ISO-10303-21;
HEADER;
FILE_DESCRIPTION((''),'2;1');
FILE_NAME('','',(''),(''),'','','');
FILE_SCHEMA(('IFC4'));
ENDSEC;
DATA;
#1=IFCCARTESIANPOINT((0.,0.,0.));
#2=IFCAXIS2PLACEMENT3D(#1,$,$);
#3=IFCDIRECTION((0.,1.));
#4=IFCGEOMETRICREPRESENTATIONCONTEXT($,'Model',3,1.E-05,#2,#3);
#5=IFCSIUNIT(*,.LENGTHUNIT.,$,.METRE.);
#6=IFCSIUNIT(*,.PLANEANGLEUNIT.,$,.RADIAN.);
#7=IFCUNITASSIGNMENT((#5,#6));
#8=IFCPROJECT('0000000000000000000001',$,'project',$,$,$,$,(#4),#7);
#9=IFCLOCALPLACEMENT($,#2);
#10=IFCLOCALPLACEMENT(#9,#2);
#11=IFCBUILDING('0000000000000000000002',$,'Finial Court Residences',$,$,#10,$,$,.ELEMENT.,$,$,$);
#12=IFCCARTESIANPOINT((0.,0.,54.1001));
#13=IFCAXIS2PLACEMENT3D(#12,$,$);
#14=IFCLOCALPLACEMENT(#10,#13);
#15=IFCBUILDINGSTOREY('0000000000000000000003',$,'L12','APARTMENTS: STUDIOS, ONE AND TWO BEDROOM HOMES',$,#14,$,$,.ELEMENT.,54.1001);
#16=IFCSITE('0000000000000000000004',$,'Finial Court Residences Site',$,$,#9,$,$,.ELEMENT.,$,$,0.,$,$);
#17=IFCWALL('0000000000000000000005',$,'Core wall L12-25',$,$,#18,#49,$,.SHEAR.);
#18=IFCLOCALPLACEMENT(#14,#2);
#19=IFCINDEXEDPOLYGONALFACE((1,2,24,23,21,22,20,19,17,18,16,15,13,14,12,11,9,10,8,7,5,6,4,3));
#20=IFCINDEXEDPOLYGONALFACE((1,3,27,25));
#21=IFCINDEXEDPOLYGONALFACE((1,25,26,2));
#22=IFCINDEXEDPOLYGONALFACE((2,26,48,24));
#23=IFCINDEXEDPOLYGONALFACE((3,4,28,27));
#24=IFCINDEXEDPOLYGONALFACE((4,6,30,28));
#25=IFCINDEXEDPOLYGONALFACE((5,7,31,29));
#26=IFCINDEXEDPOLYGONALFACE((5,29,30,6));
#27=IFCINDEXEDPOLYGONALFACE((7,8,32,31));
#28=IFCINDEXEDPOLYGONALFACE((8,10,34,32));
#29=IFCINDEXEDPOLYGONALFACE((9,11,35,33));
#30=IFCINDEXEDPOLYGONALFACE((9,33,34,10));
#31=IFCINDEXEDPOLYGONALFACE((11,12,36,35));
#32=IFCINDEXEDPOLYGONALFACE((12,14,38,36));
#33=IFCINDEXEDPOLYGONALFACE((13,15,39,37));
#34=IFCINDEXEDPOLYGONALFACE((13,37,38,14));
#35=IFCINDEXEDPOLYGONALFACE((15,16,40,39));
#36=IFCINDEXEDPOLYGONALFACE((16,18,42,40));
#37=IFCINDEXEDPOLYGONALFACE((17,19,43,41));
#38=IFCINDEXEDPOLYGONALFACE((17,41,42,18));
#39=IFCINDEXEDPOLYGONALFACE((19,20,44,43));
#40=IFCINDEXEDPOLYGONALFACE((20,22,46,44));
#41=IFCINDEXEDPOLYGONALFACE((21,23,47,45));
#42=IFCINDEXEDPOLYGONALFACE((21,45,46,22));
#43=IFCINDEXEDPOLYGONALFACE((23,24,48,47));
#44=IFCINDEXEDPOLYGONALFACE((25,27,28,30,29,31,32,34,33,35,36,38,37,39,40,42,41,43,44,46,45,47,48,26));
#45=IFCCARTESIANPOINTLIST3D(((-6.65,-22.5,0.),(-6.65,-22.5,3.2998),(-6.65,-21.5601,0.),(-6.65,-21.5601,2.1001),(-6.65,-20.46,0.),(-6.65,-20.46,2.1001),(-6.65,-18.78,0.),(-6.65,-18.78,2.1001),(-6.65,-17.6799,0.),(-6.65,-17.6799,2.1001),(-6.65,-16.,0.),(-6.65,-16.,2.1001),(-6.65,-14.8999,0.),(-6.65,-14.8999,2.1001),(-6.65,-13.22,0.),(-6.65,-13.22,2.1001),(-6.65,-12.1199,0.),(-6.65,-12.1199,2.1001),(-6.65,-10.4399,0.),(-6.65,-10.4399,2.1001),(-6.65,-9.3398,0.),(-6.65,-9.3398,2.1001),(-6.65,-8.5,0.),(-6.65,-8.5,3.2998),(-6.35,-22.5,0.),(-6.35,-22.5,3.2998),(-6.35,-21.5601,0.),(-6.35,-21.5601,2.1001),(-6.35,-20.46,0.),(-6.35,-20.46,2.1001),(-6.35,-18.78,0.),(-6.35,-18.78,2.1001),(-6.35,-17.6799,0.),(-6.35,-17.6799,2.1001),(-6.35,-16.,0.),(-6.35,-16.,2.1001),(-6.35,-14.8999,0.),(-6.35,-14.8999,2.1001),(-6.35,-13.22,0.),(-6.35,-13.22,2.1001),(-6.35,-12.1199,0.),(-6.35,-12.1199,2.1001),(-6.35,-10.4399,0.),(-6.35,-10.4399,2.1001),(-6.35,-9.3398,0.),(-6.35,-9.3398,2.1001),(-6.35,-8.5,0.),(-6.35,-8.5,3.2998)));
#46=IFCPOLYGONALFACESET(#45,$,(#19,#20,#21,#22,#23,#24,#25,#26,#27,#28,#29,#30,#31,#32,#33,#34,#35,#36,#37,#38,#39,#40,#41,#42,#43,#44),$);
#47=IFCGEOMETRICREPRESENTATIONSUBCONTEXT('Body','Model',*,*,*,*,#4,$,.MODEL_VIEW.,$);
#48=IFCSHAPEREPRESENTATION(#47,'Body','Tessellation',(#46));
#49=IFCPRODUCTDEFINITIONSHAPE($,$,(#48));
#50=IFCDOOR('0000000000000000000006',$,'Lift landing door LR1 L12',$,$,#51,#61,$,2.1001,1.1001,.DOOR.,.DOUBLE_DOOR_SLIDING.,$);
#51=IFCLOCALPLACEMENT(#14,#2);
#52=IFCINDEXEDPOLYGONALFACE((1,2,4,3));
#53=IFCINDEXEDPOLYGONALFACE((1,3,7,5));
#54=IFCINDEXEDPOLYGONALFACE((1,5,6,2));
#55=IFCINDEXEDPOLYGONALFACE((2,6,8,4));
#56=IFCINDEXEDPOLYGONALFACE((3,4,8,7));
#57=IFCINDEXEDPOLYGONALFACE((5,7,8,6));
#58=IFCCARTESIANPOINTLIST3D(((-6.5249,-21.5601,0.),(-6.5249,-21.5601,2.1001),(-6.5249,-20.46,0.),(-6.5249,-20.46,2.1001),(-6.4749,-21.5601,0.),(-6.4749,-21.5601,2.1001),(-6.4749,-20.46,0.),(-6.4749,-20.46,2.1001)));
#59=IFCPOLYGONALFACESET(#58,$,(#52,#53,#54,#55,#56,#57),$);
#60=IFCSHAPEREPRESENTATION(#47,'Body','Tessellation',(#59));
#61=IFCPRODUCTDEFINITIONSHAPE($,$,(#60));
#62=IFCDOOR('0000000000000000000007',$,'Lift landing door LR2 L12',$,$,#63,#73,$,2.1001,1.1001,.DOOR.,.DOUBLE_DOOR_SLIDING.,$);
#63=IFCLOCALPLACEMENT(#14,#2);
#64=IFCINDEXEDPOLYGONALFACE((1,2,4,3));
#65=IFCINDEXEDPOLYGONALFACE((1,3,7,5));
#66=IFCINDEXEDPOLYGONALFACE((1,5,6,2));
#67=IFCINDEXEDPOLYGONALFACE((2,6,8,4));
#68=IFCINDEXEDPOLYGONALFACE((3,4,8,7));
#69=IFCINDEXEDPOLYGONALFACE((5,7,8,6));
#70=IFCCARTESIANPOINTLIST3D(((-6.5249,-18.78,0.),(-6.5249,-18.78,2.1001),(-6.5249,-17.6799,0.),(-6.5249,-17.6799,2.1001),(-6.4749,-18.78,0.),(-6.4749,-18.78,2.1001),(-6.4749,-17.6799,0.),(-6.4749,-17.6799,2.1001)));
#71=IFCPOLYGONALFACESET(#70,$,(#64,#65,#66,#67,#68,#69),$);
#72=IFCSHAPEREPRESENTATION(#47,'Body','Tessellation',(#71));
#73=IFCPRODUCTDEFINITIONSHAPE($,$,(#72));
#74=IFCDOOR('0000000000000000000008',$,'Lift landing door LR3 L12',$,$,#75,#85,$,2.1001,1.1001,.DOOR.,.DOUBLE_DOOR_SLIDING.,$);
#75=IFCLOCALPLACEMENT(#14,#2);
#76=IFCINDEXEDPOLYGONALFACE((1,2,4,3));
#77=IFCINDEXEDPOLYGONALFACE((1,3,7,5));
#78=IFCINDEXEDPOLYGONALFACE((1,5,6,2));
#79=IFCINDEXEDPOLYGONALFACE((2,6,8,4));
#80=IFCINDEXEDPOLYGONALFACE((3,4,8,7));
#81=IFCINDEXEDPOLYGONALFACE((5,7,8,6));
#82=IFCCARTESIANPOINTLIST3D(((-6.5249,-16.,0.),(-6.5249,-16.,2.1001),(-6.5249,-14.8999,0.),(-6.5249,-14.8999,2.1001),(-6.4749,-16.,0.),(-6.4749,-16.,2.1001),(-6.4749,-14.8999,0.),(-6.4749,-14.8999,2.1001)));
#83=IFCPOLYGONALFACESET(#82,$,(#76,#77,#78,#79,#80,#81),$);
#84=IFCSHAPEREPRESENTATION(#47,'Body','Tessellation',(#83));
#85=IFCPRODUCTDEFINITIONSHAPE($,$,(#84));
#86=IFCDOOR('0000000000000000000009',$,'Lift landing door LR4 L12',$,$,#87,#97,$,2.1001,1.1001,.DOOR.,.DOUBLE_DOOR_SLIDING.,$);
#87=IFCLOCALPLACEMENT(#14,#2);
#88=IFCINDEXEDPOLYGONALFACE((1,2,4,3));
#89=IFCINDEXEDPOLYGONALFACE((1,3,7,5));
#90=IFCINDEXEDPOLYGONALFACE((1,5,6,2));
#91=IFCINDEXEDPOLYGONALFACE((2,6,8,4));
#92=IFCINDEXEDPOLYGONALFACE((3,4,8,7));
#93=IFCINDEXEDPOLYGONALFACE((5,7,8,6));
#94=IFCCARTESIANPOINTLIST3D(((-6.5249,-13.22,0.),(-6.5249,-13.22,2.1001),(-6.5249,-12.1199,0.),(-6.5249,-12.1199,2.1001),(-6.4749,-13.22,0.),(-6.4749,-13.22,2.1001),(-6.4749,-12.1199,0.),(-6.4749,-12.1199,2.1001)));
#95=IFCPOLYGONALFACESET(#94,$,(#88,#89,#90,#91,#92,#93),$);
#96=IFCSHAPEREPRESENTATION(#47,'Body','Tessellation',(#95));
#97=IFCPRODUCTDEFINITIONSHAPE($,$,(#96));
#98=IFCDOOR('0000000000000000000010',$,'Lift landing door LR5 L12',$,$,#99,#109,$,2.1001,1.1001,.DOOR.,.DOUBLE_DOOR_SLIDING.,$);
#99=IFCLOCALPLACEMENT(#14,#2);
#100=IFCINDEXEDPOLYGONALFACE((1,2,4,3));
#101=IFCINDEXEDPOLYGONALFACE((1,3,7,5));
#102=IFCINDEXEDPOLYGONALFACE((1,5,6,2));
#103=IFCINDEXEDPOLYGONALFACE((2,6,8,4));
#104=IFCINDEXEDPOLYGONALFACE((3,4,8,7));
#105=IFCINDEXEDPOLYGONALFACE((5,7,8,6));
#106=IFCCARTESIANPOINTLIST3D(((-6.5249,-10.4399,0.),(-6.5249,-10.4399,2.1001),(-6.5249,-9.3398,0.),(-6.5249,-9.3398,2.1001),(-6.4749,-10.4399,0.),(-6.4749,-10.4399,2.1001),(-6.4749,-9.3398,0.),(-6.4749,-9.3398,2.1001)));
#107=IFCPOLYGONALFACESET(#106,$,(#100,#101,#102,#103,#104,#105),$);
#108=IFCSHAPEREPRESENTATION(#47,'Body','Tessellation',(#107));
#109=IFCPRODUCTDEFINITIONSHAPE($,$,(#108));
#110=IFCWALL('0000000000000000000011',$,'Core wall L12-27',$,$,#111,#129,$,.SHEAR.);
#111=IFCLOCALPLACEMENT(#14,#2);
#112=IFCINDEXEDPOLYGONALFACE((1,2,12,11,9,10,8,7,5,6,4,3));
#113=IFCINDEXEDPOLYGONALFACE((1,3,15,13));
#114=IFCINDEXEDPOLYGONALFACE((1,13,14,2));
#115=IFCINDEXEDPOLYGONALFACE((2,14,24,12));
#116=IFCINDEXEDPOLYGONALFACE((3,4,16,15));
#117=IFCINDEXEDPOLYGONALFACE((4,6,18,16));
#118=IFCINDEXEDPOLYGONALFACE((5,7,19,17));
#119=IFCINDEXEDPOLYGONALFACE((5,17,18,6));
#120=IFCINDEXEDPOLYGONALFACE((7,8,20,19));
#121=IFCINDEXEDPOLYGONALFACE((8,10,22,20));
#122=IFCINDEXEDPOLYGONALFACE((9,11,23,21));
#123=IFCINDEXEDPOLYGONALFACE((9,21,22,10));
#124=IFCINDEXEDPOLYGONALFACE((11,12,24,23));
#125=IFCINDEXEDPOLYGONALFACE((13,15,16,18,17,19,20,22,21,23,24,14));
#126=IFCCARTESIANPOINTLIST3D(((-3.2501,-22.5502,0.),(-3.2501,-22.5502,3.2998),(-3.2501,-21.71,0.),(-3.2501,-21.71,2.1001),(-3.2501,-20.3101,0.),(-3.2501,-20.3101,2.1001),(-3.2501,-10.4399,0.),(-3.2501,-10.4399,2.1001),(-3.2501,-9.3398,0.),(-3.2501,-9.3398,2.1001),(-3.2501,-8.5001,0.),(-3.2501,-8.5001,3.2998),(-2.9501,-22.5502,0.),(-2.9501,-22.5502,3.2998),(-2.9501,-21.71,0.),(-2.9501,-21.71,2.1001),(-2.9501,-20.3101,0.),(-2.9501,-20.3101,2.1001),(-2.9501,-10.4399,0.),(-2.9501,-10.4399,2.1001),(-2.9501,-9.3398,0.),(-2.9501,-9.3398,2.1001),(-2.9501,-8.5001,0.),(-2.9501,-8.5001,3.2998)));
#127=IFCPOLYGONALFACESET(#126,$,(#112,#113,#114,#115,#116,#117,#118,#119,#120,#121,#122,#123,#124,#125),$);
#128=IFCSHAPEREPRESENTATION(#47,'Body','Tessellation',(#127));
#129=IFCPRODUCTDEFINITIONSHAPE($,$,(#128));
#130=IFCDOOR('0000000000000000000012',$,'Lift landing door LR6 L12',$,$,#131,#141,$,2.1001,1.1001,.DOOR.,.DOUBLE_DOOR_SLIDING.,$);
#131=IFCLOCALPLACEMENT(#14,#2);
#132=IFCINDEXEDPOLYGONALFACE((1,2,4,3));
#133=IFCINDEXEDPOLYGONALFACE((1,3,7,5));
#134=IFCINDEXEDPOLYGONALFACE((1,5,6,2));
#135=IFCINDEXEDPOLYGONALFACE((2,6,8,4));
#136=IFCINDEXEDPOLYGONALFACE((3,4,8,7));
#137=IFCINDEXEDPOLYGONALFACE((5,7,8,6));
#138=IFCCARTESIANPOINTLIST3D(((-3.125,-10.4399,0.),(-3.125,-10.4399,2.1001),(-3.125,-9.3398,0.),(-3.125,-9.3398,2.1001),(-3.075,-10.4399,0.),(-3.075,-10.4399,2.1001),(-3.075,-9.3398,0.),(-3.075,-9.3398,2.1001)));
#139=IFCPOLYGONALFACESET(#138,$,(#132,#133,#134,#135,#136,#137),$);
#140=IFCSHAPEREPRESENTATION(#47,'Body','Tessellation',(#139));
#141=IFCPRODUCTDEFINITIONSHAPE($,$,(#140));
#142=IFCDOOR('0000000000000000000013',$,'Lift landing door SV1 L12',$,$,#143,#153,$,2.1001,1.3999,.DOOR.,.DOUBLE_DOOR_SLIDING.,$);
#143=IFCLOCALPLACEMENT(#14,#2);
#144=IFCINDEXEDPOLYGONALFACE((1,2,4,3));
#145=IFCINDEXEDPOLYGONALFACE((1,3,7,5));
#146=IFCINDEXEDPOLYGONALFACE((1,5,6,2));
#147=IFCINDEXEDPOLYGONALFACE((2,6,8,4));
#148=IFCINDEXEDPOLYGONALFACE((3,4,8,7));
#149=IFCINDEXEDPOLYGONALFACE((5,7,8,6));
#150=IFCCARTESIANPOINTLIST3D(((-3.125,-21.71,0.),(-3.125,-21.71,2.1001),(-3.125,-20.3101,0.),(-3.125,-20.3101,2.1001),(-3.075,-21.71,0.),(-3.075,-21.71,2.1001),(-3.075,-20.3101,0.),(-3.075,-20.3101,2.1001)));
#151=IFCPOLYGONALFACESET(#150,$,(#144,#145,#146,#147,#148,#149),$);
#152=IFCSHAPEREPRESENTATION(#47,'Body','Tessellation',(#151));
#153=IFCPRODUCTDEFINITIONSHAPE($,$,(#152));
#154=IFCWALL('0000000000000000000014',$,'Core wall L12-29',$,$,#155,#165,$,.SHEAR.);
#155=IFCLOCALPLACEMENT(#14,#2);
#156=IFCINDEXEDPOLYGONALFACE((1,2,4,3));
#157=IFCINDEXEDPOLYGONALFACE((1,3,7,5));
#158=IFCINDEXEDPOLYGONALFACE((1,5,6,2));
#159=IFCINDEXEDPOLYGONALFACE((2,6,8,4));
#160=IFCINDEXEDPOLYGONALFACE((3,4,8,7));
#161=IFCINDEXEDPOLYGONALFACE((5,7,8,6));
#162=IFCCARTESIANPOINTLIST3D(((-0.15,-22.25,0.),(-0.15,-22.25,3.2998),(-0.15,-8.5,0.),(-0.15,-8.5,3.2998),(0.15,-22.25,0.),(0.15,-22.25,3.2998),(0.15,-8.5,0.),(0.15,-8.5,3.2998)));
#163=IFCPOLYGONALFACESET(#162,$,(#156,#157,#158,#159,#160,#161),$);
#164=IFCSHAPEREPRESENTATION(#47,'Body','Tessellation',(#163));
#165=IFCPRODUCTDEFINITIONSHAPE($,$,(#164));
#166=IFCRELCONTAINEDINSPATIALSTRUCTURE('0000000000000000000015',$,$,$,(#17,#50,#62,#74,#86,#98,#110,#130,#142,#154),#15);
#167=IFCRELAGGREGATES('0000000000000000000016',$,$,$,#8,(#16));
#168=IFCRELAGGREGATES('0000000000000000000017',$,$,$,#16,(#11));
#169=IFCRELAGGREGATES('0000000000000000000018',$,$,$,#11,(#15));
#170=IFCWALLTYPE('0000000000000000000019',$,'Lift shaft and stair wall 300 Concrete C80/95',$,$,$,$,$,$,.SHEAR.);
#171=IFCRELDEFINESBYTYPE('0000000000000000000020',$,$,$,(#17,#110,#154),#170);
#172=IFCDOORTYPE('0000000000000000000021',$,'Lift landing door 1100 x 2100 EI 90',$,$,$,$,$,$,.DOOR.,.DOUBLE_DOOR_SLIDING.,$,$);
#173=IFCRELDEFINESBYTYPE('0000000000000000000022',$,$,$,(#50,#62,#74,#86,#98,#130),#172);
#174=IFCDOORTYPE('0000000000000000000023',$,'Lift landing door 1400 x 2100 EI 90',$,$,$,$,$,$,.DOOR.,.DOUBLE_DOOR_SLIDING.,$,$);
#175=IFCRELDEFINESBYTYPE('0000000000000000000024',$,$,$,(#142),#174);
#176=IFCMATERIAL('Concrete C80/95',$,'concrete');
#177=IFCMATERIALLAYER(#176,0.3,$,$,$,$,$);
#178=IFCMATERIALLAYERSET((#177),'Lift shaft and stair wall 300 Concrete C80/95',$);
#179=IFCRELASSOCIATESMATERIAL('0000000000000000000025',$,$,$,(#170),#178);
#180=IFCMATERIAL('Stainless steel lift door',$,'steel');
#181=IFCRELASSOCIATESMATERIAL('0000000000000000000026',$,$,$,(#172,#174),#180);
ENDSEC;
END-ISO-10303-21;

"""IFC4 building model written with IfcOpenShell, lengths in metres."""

from ifc_helpers import new_model, si_unit, direction, frame, frame_2d, origin, place, context, subcontext, project, spatial, rectangle, extrude, material, layer, layer_set, type_object, element, fill, save


model = new_model("IFC4")

# Units and contexts
model_context = context("Model", 3, precision=1e-05, world=origin(), true_north=direction((0.0, 1.0)))
body_context = subcontext(model_context, "Body", "Model", "MODEL_VIEW")
ifc_project = project(units=[si_unit("LENGTHUNIT", "METRE"), si_unit("PLANEANGLEUNIT", "RADIAN")], contexts=[model_context])

# Site, building, storey
site_placement = place(None, origin())
site = spatial("IfcSite", under=ifc_project, at=site_placement, Name="Finial Court Residences Site", CompositionType="ELEMENT", RefElevation=0.0)
building_placement = place(site_placement, origin())
building = spatial("IfcBuilding", under=site, at=building_placement, Name="Finial Court Residences", CompositionType="ELEMENT")
storey_placement = place(building_placement, frame((0.0, 0.0, 54.1001)))
storey = spatial("IfcBuildingStorey", under=building, at=storey_placement, Name="L12", Description="APARTMENTS: STUDIOS, ONE AND TWO BEDROOM HOMES", CompositionType="ELEMENT", Elevation=54.1001)

# Shared definitions
ifc_material_1 = material(Name="Concrete C80/95", Category="concrete")
ifc_layer_1 = layer(ifc_material_1, 0.3)
ifc_layer_set_1 = layer_set([ifc_layer_1], Name="Lift shaft and stair wall 300 Concrete C80/95")
wall_type_1 = type_object("IfcWallType", Name="Lift shaft and stair wall 300 Concrete C80/95", PredefinedType="SHEAR", material=ifc_layer_set_1)

# Walls, openings, doors
wall_1_placement = place(storey_placement, frame((-6.5, -22.5, 0.0), z_axis=(0.0, 0.0, 1.0), x_axis=(0.0, 1.0, 0.0)))
wall_1 = element("IfcWall", 1, at=wall_1_placement, inside=storey, type_object=wall_type_1, Name="Core wall L12-25", PredefinedType="SHEAR", context=body_context, shape_type="SweptSolid", body=[
    extrude(rectangle(XDim=14.0, YDim=0.3, at=frame_2d((7.0, 0.0))), origin(), (0.0, 0.0, 1.0), 3.2998),
])
opening_1_placement = place(wall_1_placement, frame((0.9399, 0.0, 0.0)))
opening_1 = element("IfcOpeningElement", 2, at=opening_1_placement, cuts=wall_1, PredefinedType="OPENING", context=body_context, shape_type="SweptSolid", body=[
    extrude(rectangle(XDim=1.1001, YDim=2.1001, at=frame_2d((0.55, 1.05))), frame((0.0, 0.1599, 0.0), z_axis=(0.0, -1.0, 0.0), x_axis=(1.0, 0.0, 0.0)), (0.0, 0.0, 1.0), 0.3201),
])
opening_2_placement = place(wall_1_placement, frame((3.72, 0.0, 0.0)))
opening_2 = element("IfcOpeningElement", 3, at=opening_2_placement, cuts=wall_1, PredefinedType="OPENING", context=body_context, shape_type="SweptSolid", body=[
    extrude(rectangle(XDim=1.1001, YDim=2.1001, at=frame_2d((0.55, 1.05))), frame((0.0, 0.1599, 0.0), z_axis=(0.0, -1.0, 0.0), x_axis=(1.0, 0.0, 0.0)), (0.0, 0.0, 1.0), 0.3201),
])
opening_3_placement = place(wall_1_placement, frame((6.5, 0.0, 0.0)))
opening_3 = element("IfcOpeningElement", 4, at=opening_3_placement, cuts=wall_1, PredefinedType="OPENING", context=body_context, shape_type="SweptSolid", body=[
    extrude(rectangle(XDim=1.1001, YDim=2.1001, at=frame_2d((0.55, 1.05))), frame((0.0, 0.1599, 0.0), z_axis=(0.0, -1.0, 0.0), x_axis=(1.0, 0.0, 0.0)), (0.0, 0.0, 1.0), 0.3201),
])
opening_4_placement = place(wall_1_placement, frame((9.28, 0.0, 0.0)))
opening_4 = element("IfcOpeningElement", 5, at=opening_4_placement, cuts=wall_1, PredefinedType="OPENING", context=body_context, shape_type="SweptSolid", body=[
    extrude(rectangle(XDim=1.1001, YDim=2.1001, at=frame_2d((0.55, 1.05))), frame((0.0, 0.1599, 0.0), z_axis=(0.0, -1.0, 0.0), x_axis=(1.0, 0.0, 0.0)), (0.0, 0.0, 1.0), 0.3201),
])
opening_5_placement = place(wall_1_placement, frame((12.0601, 0.0, 0.0)))
opening_5 = element("IfcOpeningElement", 6, at=opening_5_placement, cuts=wall_1, PredefinedType="OPENING", context=body_context, shape_type="SweptSolid", body=[
    extrude(rectangle(XDim=1.1001, YDim=2.1001, at=frame_2d((0.55, 1.05))), frame((0.0, 0.1599, 0.0), z_axis=(0.0, -1.0, 0.0), x_axis=(1.0, 0.0, 0.0)), (0.0, 0.0, 1.0), 0.3201),
])
ifc_material_2 = material(Name="Stainless steel lift door", Category="steel")
door_type_1 = type_object("IfcDoorType", Name="Lift landing door 1100 x 2100 EI 90", OperationType="DOUBLE_DOOR_SLIDING", PredefinedType="DOOR", material=ifc_material_2)
door_1_placement = place(opening_1_placement, origin())
door_1 = element("IfcDoor", 7, at=door_1_placement, inside=storey, type_object=door_type_1, Name="Lift landing door LR1 L12", OperationType="DOUBLE_DOOR_SLIDING", OverallHeight=2.1001, OverallWidth=1.1001, PredefinedType="DOOR", context=body_context, shape_type="SweptSolid", body=[
    extrude(rectangle(XDim=1.1001, YDim=2.1001, at=frame_2d((0.55, 1.05))), frame((0.0, 0.0249, 0.0), z_axis=(0.0, -1.0, 0.0), x_axis=(1.0, 0.0, 0.0)), (0.0, 0.0, 1.0), 0.05),
])
fill(opening_1, door_1)
door_2_placement = place(opening_2_placement, origin())
door_2 = element("IfcDoor", 8, at=door_2_placement, inside=storey, type_object=door_type_1, Name="Lift landing door LR2 L12", OperationType="DOUBLE_DOOR_SLIDING", OverallHeight=2.1001, OverallWidth=1.1001, PredefinedType="DOOR", context=body_context, shape_type="SweptSolid", body=[
    extrude(rectangle(XDim=1.1001, YDim=2.1001, at=frame_2d((0.55, 1.05))), frame((0.0, 0.0249, 0.0), z_axis=(0.0, -1.0, 0.0), x_axis=(1.0, 0.0, 0.0)), (0.0, 0.0, 1.0), 0.05),
])
fill(opening_2, door_2)
door_3_placement = place(opening_3_placement, origin())
door_3 = element("IfcDoor", 9, at=door_3_placement, inside=storey, type_object=door_type_1, Name="Lift landing door LR3 L12", OperationType="DOUBLE_DOOR_SLIDING", OverallHeight=2.1001, OverallWidth=1.1001, PredefinedType="DOOR", context=body_context, shape_type="SweptSolid", body=[
    extrude(rectangle(XDim=1.1001, YDim=2.1001, at=frame_2d((0.55, 1.05))), frame((0.0, 0.0249, 0.0), z_axis=(0.0, -1.0, 0.0), x_axis=(1.0, 0.0, 0.0)), (0.0, 0.0, 1.0), 0.05),
])
fill(opening_3, door_3)
door_4_placement = place(opening_4_placement, origin())
door_4 = element("IfcDoor", 10, at=door_4_placement, inside=storey, type_object=door_type_1, Name="Lift landing door LR4 L12", OperationType="DOUBLE_DOOR_SLIDING", OverallHeight=2.1001, OverallWidth=1.1001, PredefinedType="DOOR", context=body_context, shape_type="SweptSolid", body=[
    extrude(rectangle(XDim=1.1001, YDim=2.1001, at=frame_2d((0.55, 1.05))), frame((0.0, 0.0249, 0.0), z_axis=(0.0, -1.0, 0.0), x_axis=(1.0, 0.0, 0.0)), (0.0, 0.0, 1.0), 0.05),
])
fill(opening_4, door_4)
door_5_placement = place(opening_5_placement, origin())
door_5 = element("IfcDoor", 11, at=door_5_placement, inside=storey, type_object=door_type_1, Name="Lift landing door LR5 L12", OperationType="DOUBLE_DOOR_SLIDING", OverallHeight=2.1001, OverallWidth=1.1001, PredefinedType="DOOR", context=body_context, shape_type="SweptSolid", body=[
    extrude(rectangle(XDim=1.1001, YDim=2.1001, at=frame_2d((0.55, 1.05))), frame((0.0, 0.0249, 0.0), z_axis=(0.0, -1.0, 0.0), x_axis=(1.0, 0.0, 0.0)), (0.0, 0.0, 1.0), 0.05),
])
fill(opening_5, door_5)
wall_2_placement = place(storey_placement, frame((-3.1001, -22.55, 0.0), z_axis=(0.0, 0.0, 1.0), x_axis=(0.0, 1.0, 0.0)))
wall_2 = element("IfcWall", 12, at=wall_2_placement, inside=storey, type_object=wall_type_1, Name="Core wall L12-27", PredefinedType="SHEAR", context=body_context, shape_type="SweptSolid", body=[
    extrude(rectangle(XDim=14.05, YDim=0.3, at=frame_2d((7.0249, 0.0))), origin(), (0.0, 0.0, 1.0), 3.2998),
])
opening_6_placement = place(wall_2_placement, frame((12.1101, 0.0, 0.0)))
opening_6 = element("IfcOpeningElement", 13, at=opening_6_placement, cuts=wall_2, PredefinedType="OPENING", context=body_context, shape_type="SweptSolid", body=[
    extrude(rectangle(XDim=1.1001, YDim=2.1001, at=frame_2d((0.55, 1.05))), frame((0.0, 0.1599, 0.0), z_axis=(0.0, -1.0, 0.0), x_axis=(1.0, 0.0, 0.0)), (0.0, 0.0, 1.0), 0.3201),
])
opening_7_placement = place(wall_2_placement, frame((0.8401, 0.0, 0.0)))
opening_7 = element("IfcOpeningElement", 14, at=opening_7_placement, cuts=wall_2, PredefinedType="OPENING", context=body_context, shape_type="SweptSolid", body=[
    extrude(rectangle(XDim=1.3999, YDim=2.1001, at=frame_2d((0.7, 1.05))), frame((0.0, 0.1599, 0.0), z_axis=(0.0, -1.0, 0.0), x_axis=(1.0, 0.0, 0.0)), (0.0, 0.0, 1.0), 0.3201),
])
door_6_placement = place(opening_6_placement, origin())
door_6 = element("IfcDoor", 15, at=door_6_placement, inside=storey, type_object=door_type_1, Name="Lift landing door LR6 L12", OperationType="DOUBLE_DOOR_SLIDING", OverallHeight=2.1001, OverallWidth=1.1001, PredefinedType="DOOR", context=body_context, shape_type="SweptSolid", body=[
    extrude(rectangle(XDim=1.1001, YDim=2.1001, at=frame_2d((0.55, 1.05))), frame((0.0, 0.0249, 0.0), z_axis=(0.0, -1.0, 0.0), x_axis=(1.0, 0.0, 0.0)), (0.0, 0.0, 1.0), 0.05),
])
fill(opening_6, door_6)
door_type_2 = type_object("IfcDoorType", Name="Lift landing door 1400 x 2100 EI 90", OperationType="DOUBLE_DOOR_SLIDING", PredefinedType="DOOR", material=ifc_material_2)
door_7_placement = place(opening_7_placement, origin())
door_7 = element("IfcDoor", 16, at=door_7_placement, inside=storey, type_object=door_type_2, Name="Lift landing door SV1 L12", OperationType="DOUBLE_DOOR_SLIDING", OverallHeight=2.1001, OverallWidth=1.3999, PredefinedType="DOOR", context=body_context, shape_type="SweptSolid", body=[
    extrude(rectangle(XDim=1.3999, YDim=2.1001, at=frame_2d((0.7, 1.05))), frame((0.0, 0.0249, 0.0), z_axis=(0.0, -1.0, 0.0), x_axis=(1.0, 0.0, 0.0)), (0.0, 0.0, 1.0), 0.05),
])
fill(opening_7, door_7)

# Wall
wall_3_placement = place(storey_placement, frame((0.0, -22.25, 0.0), z_axis=(0.0, 0.0, 1.0), x_axis=(0.0, 1.0, 0.0)))
element("IfcWall", 17, at=wall_3_placement, inside=storey, type_object=wall_type_1, Name="Core wall L12-29", PredefinedType="SHEAR", context=body_context, shape_type="SweptSolid", body=[
    extrude(rectangle(XDim=13.75, YDim=0.3, at=frame_2d((6.875, 0.0))), origin(), (0.0, 0.0, 1.0), 3.2998),
])

save(model, "model.ifc")
